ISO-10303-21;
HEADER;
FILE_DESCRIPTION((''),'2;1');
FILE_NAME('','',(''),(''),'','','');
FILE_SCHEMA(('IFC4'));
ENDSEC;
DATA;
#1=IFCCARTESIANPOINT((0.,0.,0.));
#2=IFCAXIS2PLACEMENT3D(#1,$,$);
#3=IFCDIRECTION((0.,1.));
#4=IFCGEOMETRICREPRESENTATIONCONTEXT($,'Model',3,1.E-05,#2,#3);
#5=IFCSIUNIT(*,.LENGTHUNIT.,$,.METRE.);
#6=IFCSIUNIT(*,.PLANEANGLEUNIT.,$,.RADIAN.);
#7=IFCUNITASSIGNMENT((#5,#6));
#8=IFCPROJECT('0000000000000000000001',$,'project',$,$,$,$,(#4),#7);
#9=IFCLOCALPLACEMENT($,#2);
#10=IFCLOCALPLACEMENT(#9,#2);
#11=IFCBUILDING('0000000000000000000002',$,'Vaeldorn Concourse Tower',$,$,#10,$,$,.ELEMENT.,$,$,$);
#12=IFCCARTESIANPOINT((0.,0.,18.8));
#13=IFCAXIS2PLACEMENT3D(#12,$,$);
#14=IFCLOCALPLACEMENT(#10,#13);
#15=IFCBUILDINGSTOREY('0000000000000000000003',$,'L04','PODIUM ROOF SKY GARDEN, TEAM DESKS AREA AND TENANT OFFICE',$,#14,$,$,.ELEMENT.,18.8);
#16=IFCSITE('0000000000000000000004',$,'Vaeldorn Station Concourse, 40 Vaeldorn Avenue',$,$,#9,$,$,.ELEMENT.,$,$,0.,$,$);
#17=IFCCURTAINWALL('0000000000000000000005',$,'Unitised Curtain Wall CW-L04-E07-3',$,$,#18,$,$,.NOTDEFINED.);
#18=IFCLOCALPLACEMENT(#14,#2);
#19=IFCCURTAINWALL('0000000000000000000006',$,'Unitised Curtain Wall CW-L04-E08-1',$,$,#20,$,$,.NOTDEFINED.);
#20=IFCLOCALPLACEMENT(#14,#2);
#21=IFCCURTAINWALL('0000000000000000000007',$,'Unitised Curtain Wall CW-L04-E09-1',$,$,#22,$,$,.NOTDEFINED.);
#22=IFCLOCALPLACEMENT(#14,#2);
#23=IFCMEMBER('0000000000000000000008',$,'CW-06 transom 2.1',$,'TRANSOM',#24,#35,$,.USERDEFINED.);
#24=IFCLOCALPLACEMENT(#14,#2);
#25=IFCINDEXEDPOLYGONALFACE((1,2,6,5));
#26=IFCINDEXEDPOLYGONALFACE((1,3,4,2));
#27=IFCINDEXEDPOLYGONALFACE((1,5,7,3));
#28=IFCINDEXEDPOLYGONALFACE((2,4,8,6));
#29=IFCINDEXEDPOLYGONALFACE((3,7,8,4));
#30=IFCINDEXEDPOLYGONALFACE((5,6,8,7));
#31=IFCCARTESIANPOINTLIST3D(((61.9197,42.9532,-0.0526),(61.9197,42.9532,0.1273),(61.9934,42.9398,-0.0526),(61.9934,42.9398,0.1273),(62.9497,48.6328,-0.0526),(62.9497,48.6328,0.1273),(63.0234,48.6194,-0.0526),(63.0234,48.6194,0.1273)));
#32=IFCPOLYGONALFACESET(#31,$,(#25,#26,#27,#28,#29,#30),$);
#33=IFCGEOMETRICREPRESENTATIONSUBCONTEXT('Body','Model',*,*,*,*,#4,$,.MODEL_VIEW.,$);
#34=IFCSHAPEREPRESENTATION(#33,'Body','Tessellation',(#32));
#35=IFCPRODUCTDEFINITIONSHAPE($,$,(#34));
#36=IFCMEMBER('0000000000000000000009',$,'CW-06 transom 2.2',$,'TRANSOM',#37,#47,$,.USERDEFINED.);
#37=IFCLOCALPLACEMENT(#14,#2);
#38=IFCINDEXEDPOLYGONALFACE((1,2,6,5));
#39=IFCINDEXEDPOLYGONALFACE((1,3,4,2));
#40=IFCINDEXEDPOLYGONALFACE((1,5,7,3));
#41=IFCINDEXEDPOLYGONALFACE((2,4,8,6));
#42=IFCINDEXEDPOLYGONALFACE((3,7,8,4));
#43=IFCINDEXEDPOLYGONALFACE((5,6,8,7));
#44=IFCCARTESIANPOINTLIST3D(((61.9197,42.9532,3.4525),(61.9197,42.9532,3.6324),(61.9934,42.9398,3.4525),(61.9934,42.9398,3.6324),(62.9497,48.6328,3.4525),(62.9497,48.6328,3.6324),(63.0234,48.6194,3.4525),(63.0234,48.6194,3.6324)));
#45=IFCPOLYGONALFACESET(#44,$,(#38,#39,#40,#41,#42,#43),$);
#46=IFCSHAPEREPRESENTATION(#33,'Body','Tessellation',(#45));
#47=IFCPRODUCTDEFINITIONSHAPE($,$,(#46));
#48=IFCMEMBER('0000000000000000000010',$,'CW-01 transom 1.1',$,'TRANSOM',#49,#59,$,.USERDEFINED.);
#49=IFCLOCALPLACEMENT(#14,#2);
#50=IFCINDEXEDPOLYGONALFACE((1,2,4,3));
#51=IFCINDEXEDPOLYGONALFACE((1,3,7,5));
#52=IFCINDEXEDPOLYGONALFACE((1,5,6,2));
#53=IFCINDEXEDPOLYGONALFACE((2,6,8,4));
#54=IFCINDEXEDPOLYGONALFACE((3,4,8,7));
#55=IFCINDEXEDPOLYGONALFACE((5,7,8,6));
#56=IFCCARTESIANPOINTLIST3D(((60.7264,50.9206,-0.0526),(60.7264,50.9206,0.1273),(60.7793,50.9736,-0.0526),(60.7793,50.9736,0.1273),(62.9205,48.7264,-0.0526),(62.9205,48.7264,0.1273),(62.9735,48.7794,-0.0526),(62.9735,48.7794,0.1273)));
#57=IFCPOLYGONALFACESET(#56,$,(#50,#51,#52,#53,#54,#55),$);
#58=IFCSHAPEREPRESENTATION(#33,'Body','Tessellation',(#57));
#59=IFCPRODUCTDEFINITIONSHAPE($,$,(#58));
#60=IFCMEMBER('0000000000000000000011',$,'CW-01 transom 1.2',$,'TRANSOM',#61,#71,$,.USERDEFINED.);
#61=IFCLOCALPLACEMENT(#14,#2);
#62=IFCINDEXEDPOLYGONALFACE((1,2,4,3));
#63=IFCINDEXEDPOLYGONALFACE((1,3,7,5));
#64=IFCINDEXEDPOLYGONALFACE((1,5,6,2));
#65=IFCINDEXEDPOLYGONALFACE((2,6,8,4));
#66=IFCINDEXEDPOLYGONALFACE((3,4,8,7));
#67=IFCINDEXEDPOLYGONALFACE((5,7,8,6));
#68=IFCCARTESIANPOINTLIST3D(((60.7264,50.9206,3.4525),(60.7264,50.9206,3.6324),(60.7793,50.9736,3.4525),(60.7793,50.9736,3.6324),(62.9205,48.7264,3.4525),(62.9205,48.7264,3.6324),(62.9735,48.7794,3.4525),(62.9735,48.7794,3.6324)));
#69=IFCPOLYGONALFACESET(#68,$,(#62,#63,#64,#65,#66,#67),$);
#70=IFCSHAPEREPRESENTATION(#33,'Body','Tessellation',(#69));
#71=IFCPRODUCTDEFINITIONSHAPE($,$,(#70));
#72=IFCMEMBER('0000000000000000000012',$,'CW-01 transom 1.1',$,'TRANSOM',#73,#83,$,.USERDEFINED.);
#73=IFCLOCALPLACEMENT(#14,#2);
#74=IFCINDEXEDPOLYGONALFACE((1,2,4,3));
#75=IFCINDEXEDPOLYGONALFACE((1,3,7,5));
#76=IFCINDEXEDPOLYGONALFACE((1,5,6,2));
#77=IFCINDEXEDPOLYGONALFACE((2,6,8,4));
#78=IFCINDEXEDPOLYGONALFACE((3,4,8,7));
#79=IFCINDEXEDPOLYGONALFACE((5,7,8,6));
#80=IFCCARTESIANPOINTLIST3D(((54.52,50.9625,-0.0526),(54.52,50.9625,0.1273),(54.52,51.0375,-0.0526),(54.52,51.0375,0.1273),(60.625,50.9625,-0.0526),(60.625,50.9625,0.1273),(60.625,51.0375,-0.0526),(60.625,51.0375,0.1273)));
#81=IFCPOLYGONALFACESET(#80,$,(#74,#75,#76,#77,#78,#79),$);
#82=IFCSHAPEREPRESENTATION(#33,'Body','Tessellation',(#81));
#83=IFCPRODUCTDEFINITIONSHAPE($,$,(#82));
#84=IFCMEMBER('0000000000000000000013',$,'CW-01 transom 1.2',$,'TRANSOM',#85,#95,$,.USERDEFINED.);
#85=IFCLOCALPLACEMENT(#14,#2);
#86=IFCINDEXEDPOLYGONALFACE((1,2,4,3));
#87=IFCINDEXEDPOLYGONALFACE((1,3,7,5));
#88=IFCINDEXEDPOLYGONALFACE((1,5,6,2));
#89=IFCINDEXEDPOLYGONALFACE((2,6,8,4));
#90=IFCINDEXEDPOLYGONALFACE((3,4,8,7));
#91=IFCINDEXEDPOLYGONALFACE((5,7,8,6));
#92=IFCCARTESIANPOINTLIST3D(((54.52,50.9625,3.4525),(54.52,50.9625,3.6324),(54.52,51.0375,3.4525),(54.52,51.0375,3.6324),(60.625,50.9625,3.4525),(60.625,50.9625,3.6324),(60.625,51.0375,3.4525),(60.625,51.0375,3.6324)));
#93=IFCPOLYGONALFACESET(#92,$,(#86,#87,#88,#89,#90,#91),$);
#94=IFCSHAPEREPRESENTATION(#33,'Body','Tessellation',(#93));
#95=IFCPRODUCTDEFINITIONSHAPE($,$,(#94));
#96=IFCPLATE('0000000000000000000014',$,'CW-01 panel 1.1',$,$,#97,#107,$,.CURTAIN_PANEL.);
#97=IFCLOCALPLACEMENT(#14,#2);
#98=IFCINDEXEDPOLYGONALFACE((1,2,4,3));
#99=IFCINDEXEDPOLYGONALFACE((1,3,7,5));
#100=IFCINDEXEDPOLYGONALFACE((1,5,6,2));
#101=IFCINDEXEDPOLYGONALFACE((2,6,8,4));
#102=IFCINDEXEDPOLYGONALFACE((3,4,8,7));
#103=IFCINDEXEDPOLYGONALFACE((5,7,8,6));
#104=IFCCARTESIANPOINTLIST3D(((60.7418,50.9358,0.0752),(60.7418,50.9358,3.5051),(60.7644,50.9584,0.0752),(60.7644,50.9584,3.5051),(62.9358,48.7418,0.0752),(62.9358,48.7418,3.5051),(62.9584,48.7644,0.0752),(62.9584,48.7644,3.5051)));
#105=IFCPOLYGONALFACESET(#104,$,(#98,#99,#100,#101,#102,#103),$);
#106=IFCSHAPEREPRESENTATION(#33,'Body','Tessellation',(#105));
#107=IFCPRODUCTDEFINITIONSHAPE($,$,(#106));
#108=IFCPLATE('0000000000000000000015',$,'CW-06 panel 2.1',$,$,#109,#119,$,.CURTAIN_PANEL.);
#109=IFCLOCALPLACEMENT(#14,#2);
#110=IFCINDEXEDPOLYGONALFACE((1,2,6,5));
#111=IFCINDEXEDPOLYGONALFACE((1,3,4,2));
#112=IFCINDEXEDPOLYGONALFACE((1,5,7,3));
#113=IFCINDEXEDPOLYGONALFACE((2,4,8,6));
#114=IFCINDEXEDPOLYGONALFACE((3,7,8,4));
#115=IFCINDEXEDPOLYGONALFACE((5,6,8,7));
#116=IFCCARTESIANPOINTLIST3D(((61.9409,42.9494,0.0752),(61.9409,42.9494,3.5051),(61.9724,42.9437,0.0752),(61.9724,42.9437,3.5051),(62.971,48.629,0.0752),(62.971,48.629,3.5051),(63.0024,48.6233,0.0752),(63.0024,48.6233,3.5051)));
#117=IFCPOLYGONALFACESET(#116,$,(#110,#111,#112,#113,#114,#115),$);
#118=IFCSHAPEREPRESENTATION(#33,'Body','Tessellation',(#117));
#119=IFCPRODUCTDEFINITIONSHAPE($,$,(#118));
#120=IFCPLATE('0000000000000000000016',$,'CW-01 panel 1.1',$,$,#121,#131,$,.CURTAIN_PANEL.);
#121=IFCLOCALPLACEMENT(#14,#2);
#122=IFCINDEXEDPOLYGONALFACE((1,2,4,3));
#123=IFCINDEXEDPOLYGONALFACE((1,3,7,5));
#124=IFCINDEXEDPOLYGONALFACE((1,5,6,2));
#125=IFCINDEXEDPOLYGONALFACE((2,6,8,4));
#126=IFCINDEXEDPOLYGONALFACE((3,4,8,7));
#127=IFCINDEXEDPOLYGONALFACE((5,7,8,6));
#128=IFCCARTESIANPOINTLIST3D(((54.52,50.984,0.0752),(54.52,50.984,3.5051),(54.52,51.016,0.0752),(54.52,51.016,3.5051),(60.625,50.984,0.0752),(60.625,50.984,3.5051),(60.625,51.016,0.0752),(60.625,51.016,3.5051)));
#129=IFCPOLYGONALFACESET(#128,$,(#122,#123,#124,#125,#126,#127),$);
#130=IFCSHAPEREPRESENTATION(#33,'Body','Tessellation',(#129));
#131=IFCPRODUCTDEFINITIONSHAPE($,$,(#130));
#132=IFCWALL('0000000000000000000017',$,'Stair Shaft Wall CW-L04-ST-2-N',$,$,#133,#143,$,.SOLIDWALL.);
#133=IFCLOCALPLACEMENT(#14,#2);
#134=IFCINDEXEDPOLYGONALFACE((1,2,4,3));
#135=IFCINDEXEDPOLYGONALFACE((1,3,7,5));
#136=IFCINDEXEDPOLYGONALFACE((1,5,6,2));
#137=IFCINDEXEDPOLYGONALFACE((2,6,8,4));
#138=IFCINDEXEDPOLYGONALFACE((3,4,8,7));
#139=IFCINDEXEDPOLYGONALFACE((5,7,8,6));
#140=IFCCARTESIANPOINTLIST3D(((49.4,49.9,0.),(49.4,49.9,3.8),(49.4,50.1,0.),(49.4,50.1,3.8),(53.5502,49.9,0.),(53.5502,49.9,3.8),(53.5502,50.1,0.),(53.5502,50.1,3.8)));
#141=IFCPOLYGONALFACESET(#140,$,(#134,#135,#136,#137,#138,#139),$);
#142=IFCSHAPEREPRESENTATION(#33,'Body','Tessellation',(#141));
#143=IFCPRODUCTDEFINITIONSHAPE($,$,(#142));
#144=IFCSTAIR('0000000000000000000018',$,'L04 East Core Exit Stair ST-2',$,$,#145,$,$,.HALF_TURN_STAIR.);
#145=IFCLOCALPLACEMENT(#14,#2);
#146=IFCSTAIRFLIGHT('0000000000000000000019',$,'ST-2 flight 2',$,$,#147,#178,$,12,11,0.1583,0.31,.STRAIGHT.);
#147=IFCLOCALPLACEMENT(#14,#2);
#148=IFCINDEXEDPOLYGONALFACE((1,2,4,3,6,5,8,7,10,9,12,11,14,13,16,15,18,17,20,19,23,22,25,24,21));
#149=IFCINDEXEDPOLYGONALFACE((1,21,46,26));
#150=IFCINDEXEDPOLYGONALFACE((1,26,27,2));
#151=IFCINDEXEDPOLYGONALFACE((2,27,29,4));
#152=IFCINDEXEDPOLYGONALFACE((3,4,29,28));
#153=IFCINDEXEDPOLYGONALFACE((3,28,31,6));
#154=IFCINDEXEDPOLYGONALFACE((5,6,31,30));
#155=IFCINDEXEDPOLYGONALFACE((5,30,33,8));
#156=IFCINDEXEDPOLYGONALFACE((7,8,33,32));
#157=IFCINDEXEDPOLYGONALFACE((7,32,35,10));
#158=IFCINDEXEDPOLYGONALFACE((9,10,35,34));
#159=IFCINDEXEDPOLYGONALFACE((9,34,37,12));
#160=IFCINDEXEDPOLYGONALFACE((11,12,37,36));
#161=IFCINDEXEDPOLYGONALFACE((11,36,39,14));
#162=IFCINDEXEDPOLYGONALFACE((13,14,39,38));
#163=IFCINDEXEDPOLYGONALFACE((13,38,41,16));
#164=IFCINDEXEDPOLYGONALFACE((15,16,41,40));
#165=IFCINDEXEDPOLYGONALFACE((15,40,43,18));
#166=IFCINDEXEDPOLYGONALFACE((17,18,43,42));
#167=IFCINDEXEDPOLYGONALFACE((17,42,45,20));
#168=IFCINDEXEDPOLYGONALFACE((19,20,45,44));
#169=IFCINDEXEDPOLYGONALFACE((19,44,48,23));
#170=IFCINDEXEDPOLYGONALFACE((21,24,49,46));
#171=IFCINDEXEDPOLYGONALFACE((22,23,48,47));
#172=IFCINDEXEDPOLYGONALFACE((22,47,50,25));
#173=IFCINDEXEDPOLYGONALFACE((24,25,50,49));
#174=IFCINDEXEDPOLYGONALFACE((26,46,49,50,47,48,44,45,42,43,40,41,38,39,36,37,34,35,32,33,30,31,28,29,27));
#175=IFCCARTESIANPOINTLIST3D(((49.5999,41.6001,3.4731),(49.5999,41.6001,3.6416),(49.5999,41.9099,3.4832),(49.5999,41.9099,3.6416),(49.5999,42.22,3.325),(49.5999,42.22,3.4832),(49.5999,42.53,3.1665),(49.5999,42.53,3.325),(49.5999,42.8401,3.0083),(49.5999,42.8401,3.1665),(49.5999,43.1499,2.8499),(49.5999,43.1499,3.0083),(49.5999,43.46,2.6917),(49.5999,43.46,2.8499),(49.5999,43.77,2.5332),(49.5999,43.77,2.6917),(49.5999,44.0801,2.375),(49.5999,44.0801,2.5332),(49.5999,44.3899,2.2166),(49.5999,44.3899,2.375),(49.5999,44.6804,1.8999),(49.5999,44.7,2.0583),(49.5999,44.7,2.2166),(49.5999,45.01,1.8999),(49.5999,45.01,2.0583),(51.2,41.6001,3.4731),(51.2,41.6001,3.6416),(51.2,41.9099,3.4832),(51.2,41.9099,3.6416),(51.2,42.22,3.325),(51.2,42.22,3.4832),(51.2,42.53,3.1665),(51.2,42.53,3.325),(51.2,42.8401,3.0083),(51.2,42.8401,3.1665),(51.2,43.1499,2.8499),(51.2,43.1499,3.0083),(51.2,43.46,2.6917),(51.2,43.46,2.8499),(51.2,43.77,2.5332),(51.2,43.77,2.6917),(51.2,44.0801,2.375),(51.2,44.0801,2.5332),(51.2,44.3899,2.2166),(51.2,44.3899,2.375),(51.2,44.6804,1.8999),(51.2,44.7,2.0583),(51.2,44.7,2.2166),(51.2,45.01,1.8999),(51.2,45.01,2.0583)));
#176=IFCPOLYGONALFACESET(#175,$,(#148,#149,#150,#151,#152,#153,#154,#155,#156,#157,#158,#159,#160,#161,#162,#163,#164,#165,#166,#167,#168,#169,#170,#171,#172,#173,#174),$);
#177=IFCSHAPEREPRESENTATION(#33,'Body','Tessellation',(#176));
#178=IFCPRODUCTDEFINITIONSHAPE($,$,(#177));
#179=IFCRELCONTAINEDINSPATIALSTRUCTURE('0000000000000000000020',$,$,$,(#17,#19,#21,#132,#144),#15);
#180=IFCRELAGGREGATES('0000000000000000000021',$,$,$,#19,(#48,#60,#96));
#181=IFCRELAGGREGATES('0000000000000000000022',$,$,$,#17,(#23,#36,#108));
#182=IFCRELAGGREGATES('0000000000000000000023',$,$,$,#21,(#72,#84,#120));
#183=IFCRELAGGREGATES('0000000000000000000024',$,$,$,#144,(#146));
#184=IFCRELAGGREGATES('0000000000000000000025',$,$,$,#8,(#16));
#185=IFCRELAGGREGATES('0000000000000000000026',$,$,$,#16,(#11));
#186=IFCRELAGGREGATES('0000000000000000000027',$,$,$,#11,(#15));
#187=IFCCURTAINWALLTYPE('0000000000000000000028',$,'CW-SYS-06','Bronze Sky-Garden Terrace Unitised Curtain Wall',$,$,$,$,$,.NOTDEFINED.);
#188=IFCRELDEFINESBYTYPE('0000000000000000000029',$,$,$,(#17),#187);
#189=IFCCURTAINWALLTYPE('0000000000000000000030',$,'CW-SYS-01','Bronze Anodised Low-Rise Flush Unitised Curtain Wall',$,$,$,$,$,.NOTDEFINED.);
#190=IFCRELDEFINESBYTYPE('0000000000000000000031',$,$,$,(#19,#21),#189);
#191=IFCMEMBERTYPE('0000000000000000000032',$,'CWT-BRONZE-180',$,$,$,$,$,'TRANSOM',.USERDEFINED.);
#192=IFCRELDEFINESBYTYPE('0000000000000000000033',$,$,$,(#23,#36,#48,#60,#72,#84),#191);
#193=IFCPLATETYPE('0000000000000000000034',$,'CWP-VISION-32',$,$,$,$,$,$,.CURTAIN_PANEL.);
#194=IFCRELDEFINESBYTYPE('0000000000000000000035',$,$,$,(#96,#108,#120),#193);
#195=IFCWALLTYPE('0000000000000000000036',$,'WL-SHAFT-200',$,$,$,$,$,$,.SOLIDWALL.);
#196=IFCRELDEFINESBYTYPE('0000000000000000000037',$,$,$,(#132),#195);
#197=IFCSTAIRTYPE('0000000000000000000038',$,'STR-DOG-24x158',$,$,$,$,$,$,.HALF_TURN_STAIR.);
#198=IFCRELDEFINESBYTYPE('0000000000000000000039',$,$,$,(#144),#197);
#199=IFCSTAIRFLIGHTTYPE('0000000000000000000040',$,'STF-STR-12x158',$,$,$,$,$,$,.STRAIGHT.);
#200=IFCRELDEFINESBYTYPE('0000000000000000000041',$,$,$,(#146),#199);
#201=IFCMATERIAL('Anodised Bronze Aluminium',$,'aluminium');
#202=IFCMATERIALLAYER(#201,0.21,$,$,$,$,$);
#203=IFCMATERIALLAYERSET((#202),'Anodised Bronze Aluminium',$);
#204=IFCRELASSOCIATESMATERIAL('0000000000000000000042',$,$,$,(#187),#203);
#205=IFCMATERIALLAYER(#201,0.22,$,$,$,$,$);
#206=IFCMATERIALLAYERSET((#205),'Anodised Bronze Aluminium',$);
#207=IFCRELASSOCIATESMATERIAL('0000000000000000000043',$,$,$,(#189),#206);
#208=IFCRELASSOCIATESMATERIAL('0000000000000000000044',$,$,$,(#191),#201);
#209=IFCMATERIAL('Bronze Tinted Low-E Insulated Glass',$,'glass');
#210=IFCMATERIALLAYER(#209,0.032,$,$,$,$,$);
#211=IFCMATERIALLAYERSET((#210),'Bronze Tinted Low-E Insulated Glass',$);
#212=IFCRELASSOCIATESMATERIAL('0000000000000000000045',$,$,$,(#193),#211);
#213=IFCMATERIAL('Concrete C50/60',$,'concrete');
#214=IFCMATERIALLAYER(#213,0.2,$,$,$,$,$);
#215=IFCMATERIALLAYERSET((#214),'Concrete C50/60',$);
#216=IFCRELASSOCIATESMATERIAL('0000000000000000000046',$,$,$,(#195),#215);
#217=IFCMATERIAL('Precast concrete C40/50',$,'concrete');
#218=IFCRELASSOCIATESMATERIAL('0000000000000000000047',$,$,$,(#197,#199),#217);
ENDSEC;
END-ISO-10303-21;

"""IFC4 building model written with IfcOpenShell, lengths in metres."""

from ifc_helpers import new_model, si_unit, direction, frame, frame_2d, origin, origin_2d, place, context, subcontext, project, spatial, polyline, rectangle, outline, extrude, source, transform, mapped, material, layer, layer_set, material_profile, profile_set, type_object, element, aggregate, save


model = new_model("IFC4")

# Units and contexts
model_context = context("Model", 3, precision=1e-05, world=origin(), true_north=direction((0.0, 1.0)))
body_context = subcontext(model_context, "Body", "Model", "MODEL_VIEW")
ifc_project = project(units=[si_unit("LENGTHUNIT", "METRE"), si_unit("PLANEANGLEUNIT", "RADIAN")], contexts=[model_context])

# Site, building, storey
site_placement = place(None, origin())
site = spatial("IfcSite", under=ifc_project, at=site_placement, Name="Vaeldorn Station Concourse, 40 Vaeldorn Avenue", CompositionType="ELEMENT", RefElevation=0.0)
building_placement = place(site_placement, origin())
building = spatial("IfcBuilding", under=site, at=building_placement, Name="Vaeldorn Concourse Tower", CompositionType="ELEMENT")
storey_placement = place(building_placement, frame((0.0, 0.0, 18.8)))
storey = spatial("IfcBuildingStorey", under=building, at=storey_placement, Name="L04", Description="PODIUM ROOF SKY GARDEN, TEAM DESKS AREA AND TENANT OFFICE", CompositionType="ELEMENT", Elevation=18.8)

# Curtain walls
ifc_material_1 = material(Name="Anodised Bronze Aluminium", Category="aluminium")
ifc_layer_1 = layer(ifc_material_1, 0.21)
ifc_layer_set_1 = layer_set([ifc_layer_1], Name="Anodised Bronze Aluminium")
curtain_wall_type_1 = type_object("IfcCurtainWallType", Name="CW-SYS-06", Description="Bronze Sky-Garden Terrace Unitised Curtain Wall", PredefinedType="NOTDEFINED", material=ifc_layer_set_1)
curtain_wall_1_placement = place(storey_placement, origin())
curtain_wall_1 = element("IfcCurtainWall", 1, at=curtain_wall_1_placement, inside=storey, type_object=curtain_wall_type_1, Name="Unitised Curtain Wall CW-L04-E07-3", PredefinedType="NOTDEFINED")
ifc_layer_2 = layer(ifc_material_1, 0.22)
ifc_layer_set_2 = layer_set([ifc_layer_2], Name="Anodised Bronze Aluminium")
curtain_wall_type_2 = type_object("IfcCurtainWallType", Name="CW-SYS-01", Description="Bronze Anodised Low-Rise Flush Unitised Curtain Wall", PredefinedType="NOTDEFINED", material=ifc_layer_set_2)
curtain_wall_2_placement = place(storey_placement, origin())
curtain_wall_2 = element("IfcCurtainWall", 2, at=curtain_wall_2_placement, inside=storey, type_object=curtain_wall_type_2, Name="Unitised Curtain Wall CW-L04-E08-1", PredefinedType="NOTDEFINED")
curtain_wall_3_placement = place(storey_placement, origin())
curtain_wall_3 = element("IfcCurtainWall", 3, at=curtain_wall_3_placement, inside=storey, type_object=curtain_wall_type_2, Name="Unitised Curtain Wall CW-L04-E09-1", PredefinedType="NOTDEFINED")

# Members
ifc_material_profile_1 = material_profile(ifc_material_1, rectangle(XDim=0.075, YDim=0.1799, at=origin_2d()), Name="CWT 75x180")
ifc_profile_set_1 = profile_set([ifc_material_profile_1], Name="Anodised Bronze Aluminium")
member_type_1 = type_object("IfcMemberType", Name="CWT-BRONZE-180", ElementType="TRANSOM", PredefinedType="USERDEFINED", material=ifc_profile_set_1)
shared_shape_1 = source(origin(), body_context, "Body", "SweptSolid", [
    extrude(rectangle(XDim=0.075, YDim=0.1799, at=origin_2d()), origin(), (0.0, 0.0, 1.0), 5.7722),
])
member_1_placement = place(storey_placement, frame((61.9565, 42.9465, 0.0374), z_axis=(0.178443, 0.98395, 0.0), x_axis=(-0.98395, 0.178443, 0.0)))
member_1 = element("IfcMember", 4, at=member_1_placement, type_object=member_type_1, Name="CW-06 transom 2.1", ObjectType="TRANSOM", PredefinedType="USERDEFINED", context=body_context, shape_type="MappedRepresentation", body=[
    mapped(shared_shape_1, transform((0.0, 0.0, 0.0), scale=1.0)),
])
member_2_placement = place(storey_placement, frame((61.9565, 42.9465, 3.5425), z_axis=(0.178443, 0.98395, 0.0), x_axis=(-0.98395, 0.178443, 0.0)))
member_2 = element("IfcMember", 5, at=member_2_placement, type_object=member_type_1, Name="CW-06 transom 2.2", ObjectType="TRANSOM", PredefinedType="USERDEFINED", context=body_context, shape_type="MappedRepresentation", body=[
    mapped(shared_shape_1, transform((0.0, 0.0, 0.0), scale=1.0)),
])
shared_shape_2 = source(origin(), body_context, "Body", "SweptSolid", [
    extrude(rectangle(XDim=0.075, YDim=0.1799, at=origin_2d()), origin(), (0.0, 0.0, 1.0), 3.103),
])
member_3_placement = place(storey_placement, frame((62.947, 48.7529, 0.0374), z_axis=(-0.707107, 0.707107, 0.0), x_axis=(-0.707107, -0.707107, 0.0)))
member_3 = element("IfcMember", 6, at=member_3_placement, type_object=member_type_1, Name="CW-01 transom 1.1", ObjectType="TRANSOM", PredefinedType="USERDEFINED", context=body_context, shape_type="MappedRepresentation", body=[
    mapped(shared_shape_2, transform((0.0, 0.0, 0.0), scale=1.0)),
])
member_4_placement = place(storey_placement, frame((62.947, 48.7529, 3.5425), z_axis=(-0.707107, 0.707107, 0.0), x_axis=(-0.707107, -0.707107, 0.0)))
member_4 = element("IfcMember", 7, at=member_4_placement, type_object=member_type_1, Name="CW-01 transom 1.2", ObjectType="TRANSOM", PredefinedType="USERDEFINED", context=body_context, shape_type="MappedRepresentation", body=[
    mapped(shared_shape_2, transform((0.0, 0.0, 0.0), scale=1.0)),
])
shared_shape_3 = source(origin(), body_context, "Body", "SweptSolid", [
    extrude(rectangle(XDim=0.075, YDim=0.1799, at=origin_2d()), origin(), (0.0, 0.0, 1.0), 6.105),
])
member_5_placement = place(storey_placement, frame((60.625, 51.0, 0.0374), z_axis=(-1.0, 0.0, 0.0), x_axis=(0.0, -1.0, 0.0)))
member_5 = element("IfcMember", 8, at=member_5_placement, type_object=member_type_1, Name="CW-01 transom 1.1", ObjectType="TRANSOM", PredefinedType="USERDEFINED", context=body_context, shape_type="MappedRepresentation", body=[
    mapped(shared_shape_3, transform((0.0, 0.0, 0.0), scale=1.0)),
])
member_6_placement = place(storey_placement, frame((60.625, 51.0, 3.5425), z_axis=(-1.0, 0.0, 0.0), x_axis=(0.0, -1.0, 0.0)))
member_6 = element("IfcMember", 9, at=member_6_placement, type_object=member_type_1, Name="CW-01 transom 1.2", ObjectType="TRANSOM", PredefinedType="USERDEFINED", context=body_context, shape_type="MappedRepresentation", body=[
    mapped(shared_shape_3, transform((0.0, 0.0, 0.0), scale=1.0)),
])

# Plates
ifc_material_2 = material(Name="Bronze Tinted Low-E Insulated Glass", Category="glass")
ifc_layer_3 = layer(ifc_material_2, 0.032)
ifc_layer_set_3 = layer_set([ifc_layer_3], Name="Bronze Tinted Low-E Insulated Glass")
plate_type = type_object("IfcPlateType", Name="CWP-VISION-32", PredefinedType="CURTAIN_PANEL", material=ifc_layer_set_3)
shared_shape_4 = source(origin(), body_context, "Body", "SweptSolid", [
    extrude(rectangle(XDim=3.1028, YDim=0.032, at=origin_2d()), origin(), (0.0, 0.0, 1.0), 3.4299),
])
plate_1_placement = place(storey_placement, frame((61.8501, 49.8501, 0.0752), z_axis=(0.0, 0.0, 1.0), x_axis=(-0.707107, 0.707107, 0.0)))
plate_1 = element("IfcPlate", 10, at=plate_1_placement, type_object=plate_type, Name="CW-01 panel 1.1", PredefinedType="CURTAIN_PANEL", context=body_context, shape_type="MappedRepresentation", body=[
    mapped(shared_shape_4, transform((0.0, 0.0, 0.0), scale=1.0)),
])
aggregate(curtain_wall_2, [member_3, member_4, plate_1])
shared_shape_5 = source(origin(), body_context, "Body", "SweptSolid", [
    extrude(rectangle(XDim=5.7722, YDim=0.032, at=origin_2d()), origin(), (0.0, 0.0, 1.0), 3.4299),
])
plate_2_placement = place(storey_placement, frame((62.4717, 45.7864, 0.0752), z_axis=(0.0, 0.0, 1.0), x_axis=(0.178446, 0.98395, 0.0)))
plate_2 = element("IfcPlate", 11, at=plate_2_placement, type_object=plate_type, Name="CW-06 panel 2.1", PredefinedType="CURTAIN_PANEL", context=body_context, shape_type="MappedRepresentation", body=[
    mapped(shared_shape_5, transform((0.0, 0.0, 0.0), scale=1.0)),
])
aggregate(curtain_wall_1, [member_1, member_2, plate_2])
shared_shape_6 = source(origin(), body_context, "Body", "SweptSolid", [
    extrude(rectangle(XDim=6.105, YDim=0.032, at=origin_2d()), origin(), (0.0, 0.0, 1.0), 3.4299),
])
plate_3_placement = place(storey_placement, frame((57.5725, 51.0, 0.0752), z_axis=(0.0, 0.0, 1.0), x_axis=(-1.0, 0.0, 0.0)))
plate_3 = element("IfcPlate", 12, at=plate_3_placement, type_object=plate_type, Name="CW-01 panel 1.1", PredefinedType="CURTAIN_PANEL", context=body_context, shape_type="MappedRepresentation", body=[
    mapped(shared_shape_6, transform((0.0, 0.0, 0.0), scale=1.0)),
])
aggregate(curtain_wall_3, [member_5, member_6, plate_3])

# Wall
ifc_material_3 = material(Name="Concrete C50/60", Category="concrete")
ifc_layer_4 = layer(ifc_material_3, 0.2)
ifc_layer_set_4 = layer_set([ifc_layer_4], Name="Concrete C50/60")
wall_type = type_object("IfcWallType", Name="WL-SHAFT-200", PredefinedType="SOLIDWALL", material=ifc_layer_set_4)
wall_placement = place(storey_placement, frame((49.3999, 50.0, 0.0), z_axis=(0.0, 0.0, 1.0), x_axis=(1.0, 0.0, 0.0)))
element("IfcWall", 13, at=wall_placement, inside=storey, type_object=wall_type, Name="Stair Shaft Wall CW-L04-ST-2-N", PredefinedType="SOLIDWALL", context=body_context, shape_type="SweptSolid", body=[
    extrude(rectangle(XDim=4.1501, YDim=0.2, at=frame_2d((2.0752, 0.0))), origin(), (0.0, 0.0, 1.0), 3.8),
])

# Stair, stair flight
ifc_material_4 = material(Name="Precast concrete C40/50", Category="concrete")
stair_type = type_object("IfcStairType", Name="STR-DOG-24x158", PredefinedType="HALF_TURN_STAIR", material=ifc_material_4)
stair_placement = place(storey_placement, origin())
stair = element("IfcStair", 14, at=stair_placement, inside=storey, type_object=stair_type, Name="L04 East Core Exit Stair ST-2", PredefinedType="HALF_TURN_STAIR")
stair_flight_type = type_object("IfcStairFlightType", Name="STF-STR-12x158", PredefinedType="STRAIGHT", material=ifc_material_4)
stair_flight_placement = place(storey_placement, frame((50.3999, 45.01, 1.8999), z_axis=(0.0, 0.0, 1.0), x_axis=(0.0, -1.0, 0.0)))
stair_flight = element("IfcStairFlight", 15, at=stair_flight_placement, type_object=stair_flight_type, Name="ST-2 flight 2", NumberOfRisers=12, NumberOfTreads=11, PredefinedType="STRAIGHT", RiserHeight=0.1583, TreadLength=0.31, context=body_context, shape_type="SweptSolid", body=[
    extrude(outline(polyline([(0.0, 0.0), (0.0, 0.1584), (0.3101, 0.1584), (0.3101, 0.3167), (0.6201, 0.3167), (0.6201, 0.4751), (0.9299, 0.4751), (0.9299, 0.6333), (1.24, 0.6333), (1.24, 0.7917), (1.55, 0.7917), (1.55, 0.95), (1.8601, 0.95), (1.8601, 1.1084), (2.1699, 1.1084), (2.1699, 1.2666), (2.48, 1.2666), (2.48, 1.425), (2.79, 1.425), (2.79, 1.5833), (3.1001, 1.5833), (3.1001, 1.7417), (3.4099, 1.7417), (3.4099, 1.8999), (3.4099, 1.5732), (0.3296, 0.0), (0.0, 0.0)])), frame((0.0, 0.8, 0.0), z_axis=(0.0, -1.0, 0.0), x_axis=(1.0, 0.0, 0.0)), (0.0, 0.0, 1.0), 1.6001),
])
aggregate(stair, [stair_flight])

save(model, "model.ifc")
